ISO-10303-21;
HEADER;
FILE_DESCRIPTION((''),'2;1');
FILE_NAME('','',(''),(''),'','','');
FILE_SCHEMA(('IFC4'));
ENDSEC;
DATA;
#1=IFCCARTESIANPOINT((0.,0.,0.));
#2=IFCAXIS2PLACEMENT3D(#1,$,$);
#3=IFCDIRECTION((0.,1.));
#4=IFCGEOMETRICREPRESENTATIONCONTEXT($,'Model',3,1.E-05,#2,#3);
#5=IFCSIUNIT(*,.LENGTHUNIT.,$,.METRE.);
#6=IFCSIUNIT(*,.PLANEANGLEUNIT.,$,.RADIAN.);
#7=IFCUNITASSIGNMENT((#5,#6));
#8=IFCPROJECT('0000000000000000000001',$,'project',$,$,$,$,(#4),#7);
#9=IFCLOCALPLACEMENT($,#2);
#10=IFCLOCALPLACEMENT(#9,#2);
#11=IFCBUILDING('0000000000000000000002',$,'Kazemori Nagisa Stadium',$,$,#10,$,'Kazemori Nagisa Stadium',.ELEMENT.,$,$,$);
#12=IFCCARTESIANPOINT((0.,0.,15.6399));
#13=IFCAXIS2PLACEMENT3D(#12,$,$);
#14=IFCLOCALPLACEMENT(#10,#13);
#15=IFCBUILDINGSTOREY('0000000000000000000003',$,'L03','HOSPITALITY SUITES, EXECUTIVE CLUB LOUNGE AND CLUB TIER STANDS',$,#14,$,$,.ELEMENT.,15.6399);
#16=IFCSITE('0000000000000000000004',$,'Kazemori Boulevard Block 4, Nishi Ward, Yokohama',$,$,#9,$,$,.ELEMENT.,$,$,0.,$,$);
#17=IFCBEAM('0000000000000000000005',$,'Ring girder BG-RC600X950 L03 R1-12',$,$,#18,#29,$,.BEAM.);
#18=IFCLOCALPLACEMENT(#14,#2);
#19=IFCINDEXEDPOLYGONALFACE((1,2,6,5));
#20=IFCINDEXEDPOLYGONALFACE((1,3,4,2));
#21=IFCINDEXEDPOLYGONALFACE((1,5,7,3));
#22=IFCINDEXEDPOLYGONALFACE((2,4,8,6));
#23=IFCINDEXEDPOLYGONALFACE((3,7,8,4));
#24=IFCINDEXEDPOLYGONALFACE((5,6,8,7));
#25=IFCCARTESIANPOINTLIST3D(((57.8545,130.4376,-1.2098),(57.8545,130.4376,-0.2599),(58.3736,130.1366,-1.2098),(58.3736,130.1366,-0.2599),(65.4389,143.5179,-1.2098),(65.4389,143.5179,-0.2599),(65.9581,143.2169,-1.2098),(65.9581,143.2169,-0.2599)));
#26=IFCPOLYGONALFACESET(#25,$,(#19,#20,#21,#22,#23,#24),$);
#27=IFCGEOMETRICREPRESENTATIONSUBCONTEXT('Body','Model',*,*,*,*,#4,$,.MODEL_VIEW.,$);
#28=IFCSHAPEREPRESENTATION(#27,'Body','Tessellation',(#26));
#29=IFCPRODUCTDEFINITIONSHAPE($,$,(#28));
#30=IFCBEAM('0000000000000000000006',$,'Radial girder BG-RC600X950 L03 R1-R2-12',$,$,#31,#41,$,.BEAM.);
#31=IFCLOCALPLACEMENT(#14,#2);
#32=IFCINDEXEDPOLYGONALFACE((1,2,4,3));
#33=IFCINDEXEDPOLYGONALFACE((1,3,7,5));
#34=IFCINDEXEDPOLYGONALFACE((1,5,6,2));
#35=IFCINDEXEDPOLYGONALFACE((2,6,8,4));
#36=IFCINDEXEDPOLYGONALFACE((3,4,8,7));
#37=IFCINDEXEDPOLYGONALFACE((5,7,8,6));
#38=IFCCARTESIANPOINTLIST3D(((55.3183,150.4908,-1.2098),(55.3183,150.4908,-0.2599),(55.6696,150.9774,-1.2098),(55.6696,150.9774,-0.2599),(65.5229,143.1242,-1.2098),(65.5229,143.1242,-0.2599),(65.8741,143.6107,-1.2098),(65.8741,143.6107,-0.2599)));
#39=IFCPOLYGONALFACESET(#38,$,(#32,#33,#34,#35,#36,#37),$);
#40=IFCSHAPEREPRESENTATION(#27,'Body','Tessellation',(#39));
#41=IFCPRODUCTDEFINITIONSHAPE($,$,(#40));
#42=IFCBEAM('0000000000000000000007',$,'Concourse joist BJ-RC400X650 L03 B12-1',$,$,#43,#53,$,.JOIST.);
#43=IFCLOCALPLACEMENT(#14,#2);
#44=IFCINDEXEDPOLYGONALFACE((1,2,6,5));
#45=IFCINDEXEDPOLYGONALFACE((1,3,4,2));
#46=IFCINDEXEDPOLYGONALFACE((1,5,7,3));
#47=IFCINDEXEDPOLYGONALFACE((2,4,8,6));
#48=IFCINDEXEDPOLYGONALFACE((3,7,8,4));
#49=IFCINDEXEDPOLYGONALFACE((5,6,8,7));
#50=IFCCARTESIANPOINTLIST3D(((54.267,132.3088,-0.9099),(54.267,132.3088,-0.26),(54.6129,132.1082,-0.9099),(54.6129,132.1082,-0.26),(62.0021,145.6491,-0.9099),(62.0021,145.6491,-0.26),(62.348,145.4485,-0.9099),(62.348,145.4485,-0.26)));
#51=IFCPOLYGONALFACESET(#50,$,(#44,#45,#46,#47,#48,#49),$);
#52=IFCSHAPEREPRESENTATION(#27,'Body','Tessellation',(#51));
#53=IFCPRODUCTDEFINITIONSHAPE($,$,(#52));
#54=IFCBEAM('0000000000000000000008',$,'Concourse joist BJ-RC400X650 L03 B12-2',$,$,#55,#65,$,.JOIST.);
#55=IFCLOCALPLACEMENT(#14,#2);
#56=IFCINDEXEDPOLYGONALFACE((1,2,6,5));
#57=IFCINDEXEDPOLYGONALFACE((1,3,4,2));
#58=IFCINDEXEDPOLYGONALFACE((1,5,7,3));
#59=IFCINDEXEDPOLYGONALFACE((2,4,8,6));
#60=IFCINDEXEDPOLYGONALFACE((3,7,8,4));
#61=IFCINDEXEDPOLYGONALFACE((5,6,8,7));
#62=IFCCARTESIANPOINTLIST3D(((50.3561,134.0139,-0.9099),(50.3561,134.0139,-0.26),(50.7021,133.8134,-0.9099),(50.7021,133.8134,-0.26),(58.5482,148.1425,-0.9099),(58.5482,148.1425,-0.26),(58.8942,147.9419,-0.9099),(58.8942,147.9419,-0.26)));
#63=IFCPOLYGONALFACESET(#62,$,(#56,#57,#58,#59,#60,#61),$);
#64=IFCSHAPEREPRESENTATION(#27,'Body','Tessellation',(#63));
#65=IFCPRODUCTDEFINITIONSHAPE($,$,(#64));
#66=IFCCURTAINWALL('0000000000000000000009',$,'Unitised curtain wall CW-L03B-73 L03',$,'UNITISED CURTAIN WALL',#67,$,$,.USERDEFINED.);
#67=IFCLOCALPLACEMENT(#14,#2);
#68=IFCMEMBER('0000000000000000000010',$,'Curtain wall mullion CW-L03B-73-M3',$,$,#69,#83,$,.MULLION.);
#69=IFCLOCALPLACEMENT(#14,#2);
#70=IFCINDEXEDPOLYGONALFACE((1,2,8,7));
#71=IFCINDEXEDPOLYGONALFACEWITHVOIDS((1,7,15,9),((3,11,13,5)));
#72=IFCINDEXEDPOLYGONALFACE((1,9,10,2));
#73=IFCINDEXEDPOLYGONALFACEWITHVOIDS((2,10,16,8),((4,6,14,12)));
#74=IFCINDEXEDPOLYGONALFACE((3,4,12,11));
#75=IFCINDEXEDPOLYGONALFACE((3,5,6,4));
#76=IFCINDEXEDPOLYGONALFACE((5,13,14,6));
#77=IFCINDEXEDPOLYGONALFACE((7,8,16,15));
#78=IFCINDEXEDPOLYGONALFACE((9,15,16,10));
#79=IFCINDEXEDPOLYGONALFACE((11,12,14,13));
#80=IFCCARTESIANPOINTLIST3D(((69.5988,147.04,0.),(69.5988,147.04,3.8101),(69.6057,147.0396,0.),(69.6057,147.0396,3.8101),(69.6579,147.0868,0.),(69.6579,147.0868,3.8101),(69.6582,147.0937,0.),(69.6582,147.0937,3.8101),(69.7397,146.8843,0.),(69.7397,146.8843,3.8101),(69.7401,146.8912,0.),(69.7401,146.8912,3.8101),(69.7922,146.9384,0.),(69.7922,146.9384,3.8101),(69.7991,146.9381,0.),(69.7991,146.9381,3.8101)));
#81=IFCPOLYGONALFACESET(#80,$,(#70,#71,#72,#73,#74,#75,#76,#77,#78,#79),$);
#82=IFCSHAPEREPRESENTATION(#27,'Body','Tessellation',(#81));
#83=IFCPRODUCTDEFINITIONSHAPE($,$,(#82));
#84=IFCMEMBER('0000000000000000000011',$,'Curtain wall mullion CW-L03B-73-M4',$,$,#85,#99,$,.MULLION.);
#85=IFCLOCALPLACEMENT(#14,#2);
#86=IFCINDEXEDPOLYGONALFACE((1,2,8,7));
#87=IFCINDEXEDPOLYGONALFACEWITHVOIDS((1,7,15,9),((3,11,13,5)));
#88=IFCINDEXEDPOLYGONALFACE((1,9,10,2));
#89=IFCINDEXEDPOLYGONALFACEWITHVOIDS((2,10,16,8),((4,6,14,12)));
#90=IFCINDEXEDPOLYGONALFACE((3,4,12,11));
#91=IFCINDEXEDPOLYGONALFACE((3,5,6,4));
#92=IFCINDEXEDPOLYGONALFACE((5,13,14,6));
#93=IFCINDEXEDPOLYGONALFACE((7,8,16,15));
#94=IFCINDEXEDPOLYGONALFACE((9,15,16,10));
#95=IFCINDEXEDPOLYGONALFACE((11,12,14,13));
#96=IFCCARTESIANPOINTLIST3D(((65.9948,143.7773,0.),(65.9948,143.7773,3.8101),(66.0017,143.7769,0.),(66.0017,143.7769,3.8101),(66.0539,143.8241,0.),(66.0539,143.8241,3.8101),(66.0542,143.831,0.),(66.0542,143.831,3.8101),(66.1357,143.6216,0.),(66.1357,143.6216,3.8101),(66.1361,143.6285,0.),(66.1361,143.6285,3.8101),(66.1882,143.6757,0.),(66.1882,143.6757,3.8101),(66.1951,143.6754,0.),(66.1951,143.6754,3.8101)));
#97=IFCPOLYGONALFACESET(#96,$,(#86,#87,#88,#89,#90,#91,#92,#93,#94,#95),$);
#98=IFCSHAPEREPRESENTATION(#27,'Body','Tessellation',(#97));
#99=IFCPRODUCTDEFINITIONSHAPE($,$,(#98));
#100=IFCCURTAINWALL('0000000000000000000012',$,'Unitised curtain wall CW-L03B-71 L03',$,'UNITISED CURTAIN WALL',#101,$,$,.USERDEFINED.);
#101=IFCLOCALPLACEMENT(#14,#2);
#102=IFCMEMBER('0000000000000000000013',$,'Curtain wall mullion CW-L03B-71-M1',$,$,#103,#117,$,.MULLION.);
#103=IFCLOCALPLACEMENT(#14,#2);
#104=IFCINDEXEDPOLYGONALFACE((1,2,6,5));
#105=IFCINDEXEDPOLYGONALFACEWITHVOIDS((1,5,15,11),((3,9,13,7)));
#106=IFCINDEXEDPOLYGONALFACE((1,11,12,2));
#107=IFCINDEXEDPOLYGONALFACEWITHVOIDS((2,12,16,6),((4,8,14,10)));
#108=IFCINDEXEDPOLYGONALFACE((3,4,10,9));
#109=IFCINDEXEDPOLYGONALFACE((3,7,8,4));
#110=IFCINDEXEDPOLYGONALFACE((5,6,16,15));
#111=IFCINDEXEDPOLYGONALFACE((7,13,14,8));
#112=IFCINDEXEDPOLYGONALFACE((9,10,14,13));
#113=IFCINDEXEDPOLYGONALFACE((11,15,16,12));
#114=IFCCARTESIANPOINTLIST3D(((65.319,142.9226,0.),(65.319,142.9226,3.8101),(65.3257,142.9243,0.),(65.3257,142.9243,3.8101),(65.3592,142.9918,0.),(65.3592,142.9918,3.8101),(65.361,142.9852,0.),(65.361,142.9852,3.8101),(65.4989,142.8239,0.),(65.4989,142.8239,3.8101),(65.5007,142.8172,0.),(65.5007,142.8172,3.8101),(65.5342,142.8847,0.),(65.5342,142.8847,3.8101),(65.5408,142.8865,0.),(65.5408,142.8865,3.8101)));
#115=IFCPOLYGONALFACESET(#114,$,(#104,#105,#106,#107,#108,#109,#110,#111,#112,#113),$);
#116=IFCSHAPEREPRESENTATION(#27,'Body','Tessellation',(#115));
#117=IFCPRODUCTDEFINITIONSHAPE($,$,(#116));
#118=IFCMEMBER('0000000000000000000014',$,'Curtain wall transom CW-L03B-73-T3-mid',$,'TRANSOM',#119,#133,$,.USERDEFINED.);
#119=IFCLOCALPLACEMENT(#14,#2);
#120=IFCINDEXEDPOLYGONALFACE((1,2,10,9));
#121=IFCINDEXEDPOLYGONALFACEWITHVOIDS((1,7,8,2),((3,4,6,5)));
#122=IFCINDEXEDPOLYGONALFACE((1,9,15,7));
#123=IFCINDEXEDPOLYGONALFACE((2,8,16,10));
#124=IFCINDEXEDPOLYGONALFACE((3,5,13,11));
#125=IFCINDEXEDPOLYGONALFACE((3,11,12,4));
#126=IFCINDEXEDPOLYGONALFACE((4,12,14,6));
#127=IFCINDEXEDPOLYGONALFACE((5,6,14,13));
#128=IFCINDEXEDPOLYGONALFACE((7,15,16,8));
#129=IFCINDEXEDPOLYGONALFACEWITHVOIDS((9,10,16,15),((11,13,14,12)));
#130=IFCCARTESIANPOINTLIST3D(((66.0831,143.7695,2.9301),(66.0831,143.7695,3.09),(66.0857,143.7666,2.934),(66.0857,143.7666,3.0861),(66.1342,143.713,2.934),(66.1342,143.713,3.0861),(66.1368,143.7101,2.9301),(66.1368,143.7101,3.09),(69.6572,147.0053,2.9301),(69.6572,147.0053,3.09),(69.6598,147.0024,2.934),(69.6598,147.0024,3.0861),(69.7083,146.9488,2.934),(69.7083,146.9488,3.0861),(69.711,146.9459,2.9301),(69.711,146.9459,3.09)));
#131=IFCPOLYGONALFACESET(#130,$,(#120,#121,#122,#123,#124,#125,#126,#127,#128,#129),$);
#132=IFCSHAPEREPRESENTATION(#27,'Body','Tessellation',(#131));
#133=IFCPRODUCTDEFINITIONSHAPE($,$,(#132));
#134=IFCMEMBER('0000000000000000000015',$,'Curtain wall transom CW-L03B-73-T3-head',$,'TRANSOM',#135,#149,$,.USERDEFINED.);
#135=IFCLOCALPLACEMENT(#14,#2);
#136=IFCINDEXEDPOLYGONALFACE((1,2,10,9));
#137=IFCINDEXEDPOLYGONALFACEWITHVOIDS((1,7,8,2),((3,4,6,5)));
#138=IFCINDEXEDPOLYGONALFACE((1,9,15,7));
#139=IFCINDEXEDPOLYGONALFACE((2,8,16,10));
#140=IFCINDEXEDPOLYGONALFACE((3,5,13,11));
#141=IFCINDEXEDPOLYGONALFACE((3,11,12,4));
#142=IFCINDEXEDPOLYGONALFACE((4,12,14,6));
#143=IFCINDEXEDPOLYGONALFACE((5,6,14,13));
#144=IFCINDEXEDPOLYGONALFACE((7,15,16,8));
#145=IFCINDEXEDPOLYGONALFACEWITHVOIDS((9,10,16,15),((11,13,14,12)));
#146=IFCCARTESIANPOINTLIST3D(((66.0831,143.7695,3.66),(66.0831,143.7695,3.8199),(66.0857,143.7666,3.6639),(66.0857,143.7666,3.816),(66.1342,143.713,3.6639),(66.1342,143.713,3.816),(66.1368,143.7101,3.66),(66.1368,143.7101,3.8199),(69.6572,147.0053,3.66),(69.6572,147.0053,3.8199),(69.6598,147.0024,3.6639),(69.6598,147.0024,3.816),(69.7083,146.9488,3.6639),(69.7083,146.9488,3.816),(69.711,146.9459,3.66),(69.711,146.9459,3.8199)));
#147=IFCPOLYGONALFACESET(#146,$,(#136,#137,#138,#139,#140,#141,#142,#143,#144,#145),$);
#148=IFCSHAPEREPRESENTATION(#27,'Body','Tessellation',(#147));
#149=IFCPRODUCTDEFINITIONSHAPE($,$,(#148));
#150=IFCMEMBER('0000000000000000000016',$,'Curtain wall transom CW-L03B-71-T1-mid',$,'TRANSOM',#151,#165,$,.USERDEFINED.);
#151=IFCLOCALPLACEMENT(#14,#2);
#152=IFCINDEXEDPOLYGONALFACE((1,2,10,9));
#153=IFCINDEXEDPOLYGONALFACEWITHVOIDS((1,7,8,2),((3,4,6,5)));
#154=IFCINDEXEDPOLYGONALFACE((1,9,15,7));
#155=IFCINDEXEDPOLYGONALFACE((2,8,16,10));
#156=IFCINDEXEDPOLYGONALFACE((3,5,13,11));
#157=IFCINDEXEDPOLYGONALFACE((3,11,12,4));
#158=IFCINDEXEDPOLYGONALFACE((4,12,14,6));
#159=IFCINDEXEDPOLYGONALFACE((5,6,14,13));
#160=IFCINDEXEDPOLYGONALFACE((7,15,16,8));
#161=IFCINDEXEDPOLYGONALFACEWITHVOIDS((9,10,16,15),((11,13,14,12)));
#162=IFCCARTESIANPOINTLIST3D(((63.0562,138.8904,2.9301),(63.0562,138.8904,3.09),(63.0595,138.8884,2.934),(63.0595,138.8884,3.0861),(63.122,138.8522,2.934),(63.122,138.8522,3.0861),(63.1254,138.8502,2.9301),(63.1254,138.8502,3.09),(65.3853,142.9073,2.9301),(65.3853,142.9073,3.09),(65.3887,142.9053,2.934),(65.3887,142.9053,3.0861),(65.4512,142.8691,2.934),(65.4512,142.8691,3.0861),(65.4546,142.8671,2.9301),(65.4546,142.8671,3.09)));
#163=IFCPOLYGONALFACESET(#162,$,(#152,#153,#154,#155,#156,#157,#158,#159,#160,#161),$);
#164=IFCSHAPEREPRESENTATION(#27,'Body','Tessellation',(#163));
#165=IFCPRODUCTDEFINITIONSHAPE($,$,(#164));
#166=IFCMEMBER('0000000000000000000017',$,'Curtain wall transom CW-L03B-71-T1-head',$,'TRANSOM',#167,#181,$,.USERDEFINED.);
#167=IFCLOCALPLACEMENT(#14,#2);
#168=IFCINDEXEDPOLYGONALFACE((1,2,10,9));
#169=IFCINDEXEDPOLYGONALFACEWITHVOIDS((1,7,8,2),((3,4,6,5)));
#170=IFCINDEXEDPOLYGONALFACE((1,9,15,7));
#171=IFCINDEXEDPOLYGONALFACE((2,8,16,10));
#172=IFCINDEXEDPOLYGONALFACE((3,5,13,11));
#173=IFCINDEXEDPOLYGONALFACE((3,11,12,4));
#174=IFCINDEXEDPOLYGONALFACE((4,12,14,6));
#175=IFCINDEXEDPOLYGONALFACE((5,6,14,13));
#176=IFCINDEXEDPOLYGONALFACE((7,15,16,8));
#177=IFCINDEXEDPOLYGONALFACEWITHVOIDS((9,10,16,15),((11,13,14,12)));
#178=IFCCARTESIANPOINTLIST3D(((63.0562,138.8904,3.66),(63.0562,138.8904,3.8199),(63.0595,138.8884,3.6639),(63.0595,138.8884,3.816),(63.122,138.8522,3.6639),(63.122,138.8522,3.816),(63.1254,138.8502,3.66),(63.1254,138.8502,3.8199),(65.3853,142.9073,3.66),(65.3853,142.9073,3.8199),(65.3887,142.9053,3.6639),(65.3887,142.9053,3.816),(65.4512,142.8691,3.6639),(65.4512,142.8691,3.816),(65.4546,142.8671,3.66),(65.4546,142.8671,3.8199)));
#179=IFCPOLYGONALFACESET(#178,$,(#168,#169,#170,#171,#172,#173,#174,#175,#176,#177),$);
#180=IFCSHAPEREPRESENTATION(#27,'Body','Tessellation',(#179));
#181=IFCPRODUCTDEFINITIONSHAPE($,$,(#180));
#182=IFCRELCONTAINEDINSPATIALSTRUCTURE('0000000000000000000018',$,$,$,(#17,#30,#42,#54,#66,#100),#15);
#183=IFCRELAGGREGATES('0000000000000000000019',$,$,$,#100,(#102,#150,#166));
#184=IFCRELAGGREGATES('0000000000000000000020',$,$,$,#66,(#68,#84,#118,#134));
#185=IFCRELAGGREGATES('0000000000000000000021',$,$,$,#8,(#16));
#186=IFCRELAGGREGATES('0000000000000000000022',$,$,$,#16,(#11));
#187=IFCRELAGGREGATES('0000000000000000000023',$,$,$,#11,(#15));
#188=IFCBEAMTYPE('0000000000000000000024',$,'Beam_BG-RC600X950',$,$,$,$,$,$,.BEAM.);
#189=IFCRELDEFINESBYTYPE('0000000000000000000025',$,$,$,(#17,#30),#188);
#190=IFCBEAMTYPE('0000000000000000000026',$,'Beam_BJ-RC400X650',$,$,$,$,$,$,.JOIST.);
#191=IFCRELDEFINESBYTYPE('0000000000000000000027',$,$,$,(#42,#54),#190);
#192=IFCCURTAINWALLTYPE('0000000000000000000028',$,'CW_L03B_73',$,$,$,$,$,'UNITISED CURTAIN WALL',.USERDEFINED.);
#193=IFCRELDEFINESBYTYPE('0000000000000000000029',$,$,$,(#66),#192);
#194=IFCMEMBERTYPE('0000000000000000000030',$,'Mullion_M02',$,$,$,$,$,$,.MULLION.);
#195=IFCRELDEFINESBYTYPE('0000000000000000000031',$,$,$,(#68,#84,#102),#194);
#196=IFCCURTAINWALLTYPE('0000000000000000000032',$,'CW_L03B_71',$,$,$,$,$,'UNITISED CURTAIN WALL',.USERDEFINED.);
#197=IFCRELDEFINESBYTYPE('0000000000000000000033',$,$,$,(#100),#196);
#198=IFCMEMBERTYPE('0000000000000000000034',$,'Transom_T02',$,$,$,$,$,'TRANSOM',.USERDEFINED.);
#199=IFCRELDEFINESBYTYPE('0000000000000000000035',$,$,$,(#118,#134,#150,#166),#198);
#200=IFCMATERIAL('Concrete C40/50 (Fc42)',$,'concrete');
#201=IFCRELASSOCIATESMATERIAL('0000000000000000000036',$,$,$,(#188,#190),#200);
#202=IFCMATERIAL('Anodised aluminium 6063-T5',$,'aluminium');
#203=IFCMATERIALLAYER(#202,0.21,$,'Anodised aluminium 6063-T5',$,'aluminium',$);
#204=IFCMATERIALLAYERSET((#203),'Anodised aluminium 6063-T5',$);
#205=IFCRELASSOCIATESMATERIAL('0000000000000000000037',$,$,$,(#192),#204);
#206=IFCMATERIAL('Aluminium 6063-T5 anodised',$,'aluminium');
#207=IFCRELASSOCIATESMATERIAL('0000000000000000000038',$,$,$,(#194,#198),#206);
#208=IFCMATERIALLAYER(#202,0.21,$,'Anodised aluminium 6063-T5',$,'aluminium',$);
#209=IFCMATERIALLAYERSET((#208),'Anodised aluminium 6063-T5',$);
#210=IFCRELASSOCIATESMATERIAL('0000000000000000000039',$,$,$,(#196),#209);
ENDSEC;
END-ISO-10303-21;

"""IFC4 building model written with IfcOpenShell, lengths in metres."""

from ifc_helpers import new_model, si_unit, direction, frame, origin, origin_2d, place, context, subcontext, project, spatial, rectangle, hollow_rectangle, extrude, material, layer, layer_set, material_profile, profile_set, type_object, element, aggregate, save


model = new_model("IFC4")

# Units and contexts
model_context = context("Model", 3, precision=1e-05, world=origin(), true_north=direction((0.0, 1.0)))
body_context = subcontext(model_context, "Body", "Model", "MODEL_VIEW")
ifc_project = project(units=[si_unit("LENGTHUNIT", "METRE"), si_unit("PLANEANGLEUNIT", "RADIAN")], contexts=[model_context])

# Site, building, storey
site_placement = place(None, origin())
site = spatial("IfcSite", under=ifc_project, at=site_placement, Name="Kazemori Boulevard Block 4, Nishi Ward, Yokohama", CompositionType="ELEMENT", RefElevation=0.0)
building_placement = place(site_placement, origin())
building = spatial("IfcBuilding", under=site, at=building_placement, Name="Kazemori Nagisa Stadium", LongName="Kazemori Nagisa Stadium", CompositionType="ELEMENT")
storey_placement = place(building_placement, frame((0.0, 0.0, 15.6399)))
storey = spatial("IfcBuildingStorey", under=building, at=storey_placement, Name="L03", Description="HOSPITALITY SUITES, EXECUTIVE CLUB LOUNGE AND CLUB TIER STANDS", CompositionType="ELEMENT", Elevation=15.6399)

# Shared definitions
ifc_material_1 = material(Name="Concrete C40/50 (Fc42)", Category="concrete")

# Beams
ifc_material_profile_1 = material_profile(ifc_material_1, rectangle(XDim=0.6001, YDim=0.95, at=origin_2d()), Name="RC-BM-600x950")
ifc_profile_set_1 = profile_set([ifc_material_profile_1], Name="Concrete C40/50 (Fc42)")
beam_type_1 = type_object("IfcBeamType", Name="Beam_BG-RC600X950", PredefinedType="BEAM", material=ifc_profile_set_1)
beam_1_placement = place(storey_placement, frame((65.6985, 143.3674, -0.7349), z_axis=(-0.501613, -0.865092, 0.0), x_axis=(0.865092, -0.501613, 0.0)))
element("IfcBeam", 1, at=beam_1_placement, inside=storey, type_object=beam_type_1, Name="Ring girder BG-RC600X950 L03 R1-12", PredefinedType="BEAM", context=body_context, shape_type="SweptSolid", body=[
    extrude(rectangle(XDim=0.6001, YDim=0.95, at=origin_2d()), origin(), (0.0, 0.0, 1.0), 15.1201),
])
beam_2_placement = place(storey_placement, frame((65.6985, 143.3674, -0.7349), z_axis=(-0.810803, 0.585319, 0.0), x_axis=(-0.585319, -0.810803, 0.0)))
element("IfcBeam", 2, at=beam_2_placement, inside=storey, type_object=beam_type_1, Name="Radial girder BG-RC600X950 L03 R1-R2-12", PredefinedType="BEAM", context=body_context, shape_type="SweptSolid", body=[
    extrude(rectangle(XDim=0.6001, YDim=0.95, at=origin_2d()), origin(), (0.0, 0.0, 1.0), 12.5857),
])
ifc_material_profile_2 = material_profile(ifc_material_1, rectangle(XDim=0.3999, YDim=0.6499, at=origin_2d()), Name="RC-BM-400x650")
ifc_profile_set_2 = profile_set([ifc_material_profile_2], Name="Concrete C40/50 (Fc42)")
beam_type_2 = type_object("IfcBeamType", Name="Beam_BJ-RC400X650", PredefinedType="JOIST", material=ifc_profile_set_2)
beam_3_placement = place(storey_placement, frame((62.175, 145.5488, -0.585), z_axis=(-0.501607, -0.865095, 0.0), x_axis=(0.865095, -0.501607, 0.0)))
element("IfcBeam", 3, at=beam_3_placement, inside=storey, type_object=beam_type_2, Name="Concourse joist BJ-RC400X650 L03 B12-1", PredefinedType="JOIST", context=body_context, shape_type="SweptSolid", body=[
    extrude(rectangle(XDim=0.3999, YDim=0.6499, at=origin_2d()), origin(), (0.0, 0.0, 1.0), 15.4207),
])
beam_4_placement = place(storey_placement, frame((58.7212, 148.0422, -0.585), z_axis=(-0.501604, -0.865097, 0.0), x_axis=(0.865097, -0.501604, 0.0)))
element("IfcBeam", 4, at=beam_4_placement, inside=storey, type_object=beam_type_2, Name="Concourse joist BJ-RC400X650 L03 B12-2", PredefinedType="JOIST", context=body_context, shape_type="SweptSolid", body=[
    extrude(rectangle(XDim=0.3999, YDim=0.6499, at=origin_2d()), origin(), (0.0, 0.0, 1.0), 16.3318),
])

# Curtain wall, members
ifc_material_2 = material(Name="Anodised aluminium 6063-T5", Category="aluminium")
ifc_layer_1 = layer(ifc_material_2, 0.21, Name="Anodised aluminium 6063-T5", Category="aluminium")
ifc_layer_set_1 = layer_set([ifc_layer_1], Name="Anodised aluminium 6063-T5")
curtain_wall_type_1 = type_object("IfcCurtainWallType", Name="CW_L03B_73", ElementType="UNITISED CURTAIN WALL", PredefinedType="USERDEFINED", material=ifc_layer_set_1)
curtain_wall_1_placement = place(storey_placement, origin())
curtain_wall_1 = element("IfcCurtainWall", 5, at=curtain_wall_1_placement, inside=storey, type_object=curtain_wall_type_1, Name="Unitised curtain wall CW-L03B-73 L03", ObjectType="UNITISED CURTAIN WALL", PredefinedType="USERDEFINED")
ifc_material_3 = material(Name="Aluminium 6063-T5 anodised", Category="aluminium")
ifc_material_profile_3 = material_profile(ifc_material_3, hollow_rectangle(XDim=0.0801, YDim=0.21, WallThickness=0.0049, at=origin_2d()), Name="ALU-MULL-80x210x5")
ifc_profile_set_3 = profile_set([ifc_material_profile_3], Name="Aluminium 6063-T5 anodised")
member_type_1 = type_object("IfcMemberType", Name="Mullion_M02", PredefinedType="MULLION", material=ifc_profile_set_3)
member_1_placement = place(storey_placement, frame((69.699, 146.989, 0.0), z_axis=(0.0, 0.0, 1.0), x_axis=(-0.741351, -0.671118, 0.0)))
member_1 = element("IfcMember", 6, at=member_1_placement, type_object=member_type_1, Name="Curtain wall mullion CW-L03B-73-M3", PredefinedType="MULLION", context=body_context, shape_type="SweptSolid", body=[
    extrude(hollow_rectangle(XDim=0.0801, YDim=0.21, WallThickness=0.0049, at=origin_2d()), origin(), (0.0, 0.0, 1.0), 3.8101),
])
member_2_placement = place(storey_placement, frame((66.095, 143.7263, 0.0), z_axis=(0.0, 0.0, 1.0), x_axis=(-0.741351, -0.671118, 0.0)))
member_2 = element("IfcMember", 7, at=member_2_placement, type_object=member_type_1, Name="Curtain wall mullion CW-L03B-73-M4", PredefinedType="MULLION", context=body_context, shape_type="SweptSolid", body=[
    extrude(hollow_rectangle(XDim=0.0801, YDim=0.21, WallThickness=0.0049, at=origin_2d()), origin(), (0.0, 0.0, 1.0), 3.8101),
])

# Curtain wall, member
ifc_layer_2 = layer(ifc_material_2, 0.21, Name="Anodised aluminium 6063-T5", Category="aluminium")
ifc_layer_set_2 = layer_set([ifc_layer_2], Name="Anodised aluminium 6063-T5")
curtain_wall_type_2 = type_object("IfcCurtainWallType", Name="CW_L03B_71", ElementType="UNITISED CURTAIN WALL", PredefinedType="USERDEFINED", material=ifc_layer_set_2)
curtain_wall_2_placement = place(storey_placement, origin())
curtain_wall_2 = element("IfcCurtainWall", 8, at=curtain_wall_2_placement, inside=storey, type_object=curtain_wall_type_2, Name="Unitised curtain wall CW-L03B-71 L03", ObjectType="UNITISED CURTAIN WALL", PredefinedType="USERDEFINED")
member_3_placement = place(storey_placement, frame((65.4299, 142.9045, 0.0), z_axis=(0.0, 0.0, 1.0), x_axis=(-0.501612, -0.865093, 0.0)))
member_3 = element("IfcMember", 9, at=member_3_placement, type_object=member_type_1, Name="Curtain wall mullion CW-L03B-71-M1", PredefinedType="MULLION", context=body_context, shape_type="SweptSolid", body=[
    extrude(hollow_rectangle(XDim=0.0801, YDim=0.21, WallThickness=0.0049, at=origin_2d()), origin(), (0.0, 0.0, 1.0), 3.8101),
])

# Members
ifc_material_profile_4 = material_profile(ifc_material_3, hollow_rectangle(XDim=0.0801, YDim=0.1599, WallThickness=0.0039, at=origin_2d()), Name="ALU-TRAN-80x160x4")
ifc_profile_set_4 = profile_set([ifc_material_profile_4], Name="Aluminium 6063-T5 anodised")
member_type_2 = type_object("IfcMemberType", Name="Transom_T02", ElementType="TRANSOM", PredefinedType="USERDEFINED", material=ifc_profile_set_4)
member_4_placement = place(storey_placement, frame((69.6841, 146.9756, 3.01), z_axis=(-0.741327, -0.671144, 0.0), x_axis=(0.671144, -0.741327, 0.0)))
member_4 = element("IfcMember", 10, at=member_4_placement, type_object=member_type_2, Name="Curtain wall transom CW-L03B-73-T3-mid", ObjectType="TRANSOM", PredefinedType="USERDEFINED", context=body_context, shape_type="SweptSolid", body=[
    extrude(hollow_rectangle(XDim=0.0801, YDim=0.1599, WallThickness=0.0039, at=origin_2d()), origin(), (0.0, 0.0, 1.0), 4.8213),
])
member_5_placement = place(storey_placement, frame((69.6841, 146.9756, 3.74), z_axis=(-0.741327, -0.671144, 0.0), x_axis=(0.671144, -0.741327, 0.0)))
member_5 = element("IfcMember", 11, at=member_5_placement, type_object=member_type_2, Name="Curtain wall transom CW-L03B-73-T3-head", ObjectType="TRANSOM", PredefinedType="USERDEFINED", context=body_context, shape_type="SweptSolid", body=[
    extrude(hollow_rectangle(XDim=0.0801, YDim=0.1599, WallThickness=0.0039, at=origin_2d()), origin(), (0.0, 0.0, 1.0), 4.8213),
])
member_6_placement = place(storey_placement, frame((65.4199, 142.8872, 3.01), z_axis=(-0.50161, -0.865094, 0.0), x_axis=(0.865094, -0.50161, 0.0)))
member_6 = element("IfcMember", 12, at=member_6_placement, type_object=member_type_2, Name="Curtain wall transom CW-L03B-71-T1-mid", ObjectType="TRANSOM", PredefinedType="USERDEFINED", context=body_context, shape_type="SweptSolid", body=[
    extrude(hollow_rectangle(XDim=0.0801, YDim=0.1599, WallThickness=0.0039, at=origin_2d()), origin(), (0.0, 0.0, 1.0), 4.6433),
])
member_7_placement = place(storey_placement, frame((65.4199, 142.8872, 3.74), z_axis=(-0.50161, -0.865094, 0.0), x_axis=(0.865094, -0.50161, 0.0)))
member_7 = element("IfcMember", 13, at=member_7_placement, type_object=member_type_2, Name="Curtain wall transom CW-L03B-71-T1-head", ObjectType="TRANSOM", PredefinedType="USERDEFINED", context=body_context, shape_type="SweptSolid", body=[
    extrude(hollow_rectangle(XDim=0.0801, YDim=0.1599, WallThickness=0.0039, at=origin_2d()), origin(), (0.0, 0.0, 1.0), 4.6433),
])

aggregate(curtain_wall_2, [member_3, member_6, member_7])
aggregate(curtain_wall_1, [member_1, member_2, member_4, member_5])

save(model, "model.ifc")
